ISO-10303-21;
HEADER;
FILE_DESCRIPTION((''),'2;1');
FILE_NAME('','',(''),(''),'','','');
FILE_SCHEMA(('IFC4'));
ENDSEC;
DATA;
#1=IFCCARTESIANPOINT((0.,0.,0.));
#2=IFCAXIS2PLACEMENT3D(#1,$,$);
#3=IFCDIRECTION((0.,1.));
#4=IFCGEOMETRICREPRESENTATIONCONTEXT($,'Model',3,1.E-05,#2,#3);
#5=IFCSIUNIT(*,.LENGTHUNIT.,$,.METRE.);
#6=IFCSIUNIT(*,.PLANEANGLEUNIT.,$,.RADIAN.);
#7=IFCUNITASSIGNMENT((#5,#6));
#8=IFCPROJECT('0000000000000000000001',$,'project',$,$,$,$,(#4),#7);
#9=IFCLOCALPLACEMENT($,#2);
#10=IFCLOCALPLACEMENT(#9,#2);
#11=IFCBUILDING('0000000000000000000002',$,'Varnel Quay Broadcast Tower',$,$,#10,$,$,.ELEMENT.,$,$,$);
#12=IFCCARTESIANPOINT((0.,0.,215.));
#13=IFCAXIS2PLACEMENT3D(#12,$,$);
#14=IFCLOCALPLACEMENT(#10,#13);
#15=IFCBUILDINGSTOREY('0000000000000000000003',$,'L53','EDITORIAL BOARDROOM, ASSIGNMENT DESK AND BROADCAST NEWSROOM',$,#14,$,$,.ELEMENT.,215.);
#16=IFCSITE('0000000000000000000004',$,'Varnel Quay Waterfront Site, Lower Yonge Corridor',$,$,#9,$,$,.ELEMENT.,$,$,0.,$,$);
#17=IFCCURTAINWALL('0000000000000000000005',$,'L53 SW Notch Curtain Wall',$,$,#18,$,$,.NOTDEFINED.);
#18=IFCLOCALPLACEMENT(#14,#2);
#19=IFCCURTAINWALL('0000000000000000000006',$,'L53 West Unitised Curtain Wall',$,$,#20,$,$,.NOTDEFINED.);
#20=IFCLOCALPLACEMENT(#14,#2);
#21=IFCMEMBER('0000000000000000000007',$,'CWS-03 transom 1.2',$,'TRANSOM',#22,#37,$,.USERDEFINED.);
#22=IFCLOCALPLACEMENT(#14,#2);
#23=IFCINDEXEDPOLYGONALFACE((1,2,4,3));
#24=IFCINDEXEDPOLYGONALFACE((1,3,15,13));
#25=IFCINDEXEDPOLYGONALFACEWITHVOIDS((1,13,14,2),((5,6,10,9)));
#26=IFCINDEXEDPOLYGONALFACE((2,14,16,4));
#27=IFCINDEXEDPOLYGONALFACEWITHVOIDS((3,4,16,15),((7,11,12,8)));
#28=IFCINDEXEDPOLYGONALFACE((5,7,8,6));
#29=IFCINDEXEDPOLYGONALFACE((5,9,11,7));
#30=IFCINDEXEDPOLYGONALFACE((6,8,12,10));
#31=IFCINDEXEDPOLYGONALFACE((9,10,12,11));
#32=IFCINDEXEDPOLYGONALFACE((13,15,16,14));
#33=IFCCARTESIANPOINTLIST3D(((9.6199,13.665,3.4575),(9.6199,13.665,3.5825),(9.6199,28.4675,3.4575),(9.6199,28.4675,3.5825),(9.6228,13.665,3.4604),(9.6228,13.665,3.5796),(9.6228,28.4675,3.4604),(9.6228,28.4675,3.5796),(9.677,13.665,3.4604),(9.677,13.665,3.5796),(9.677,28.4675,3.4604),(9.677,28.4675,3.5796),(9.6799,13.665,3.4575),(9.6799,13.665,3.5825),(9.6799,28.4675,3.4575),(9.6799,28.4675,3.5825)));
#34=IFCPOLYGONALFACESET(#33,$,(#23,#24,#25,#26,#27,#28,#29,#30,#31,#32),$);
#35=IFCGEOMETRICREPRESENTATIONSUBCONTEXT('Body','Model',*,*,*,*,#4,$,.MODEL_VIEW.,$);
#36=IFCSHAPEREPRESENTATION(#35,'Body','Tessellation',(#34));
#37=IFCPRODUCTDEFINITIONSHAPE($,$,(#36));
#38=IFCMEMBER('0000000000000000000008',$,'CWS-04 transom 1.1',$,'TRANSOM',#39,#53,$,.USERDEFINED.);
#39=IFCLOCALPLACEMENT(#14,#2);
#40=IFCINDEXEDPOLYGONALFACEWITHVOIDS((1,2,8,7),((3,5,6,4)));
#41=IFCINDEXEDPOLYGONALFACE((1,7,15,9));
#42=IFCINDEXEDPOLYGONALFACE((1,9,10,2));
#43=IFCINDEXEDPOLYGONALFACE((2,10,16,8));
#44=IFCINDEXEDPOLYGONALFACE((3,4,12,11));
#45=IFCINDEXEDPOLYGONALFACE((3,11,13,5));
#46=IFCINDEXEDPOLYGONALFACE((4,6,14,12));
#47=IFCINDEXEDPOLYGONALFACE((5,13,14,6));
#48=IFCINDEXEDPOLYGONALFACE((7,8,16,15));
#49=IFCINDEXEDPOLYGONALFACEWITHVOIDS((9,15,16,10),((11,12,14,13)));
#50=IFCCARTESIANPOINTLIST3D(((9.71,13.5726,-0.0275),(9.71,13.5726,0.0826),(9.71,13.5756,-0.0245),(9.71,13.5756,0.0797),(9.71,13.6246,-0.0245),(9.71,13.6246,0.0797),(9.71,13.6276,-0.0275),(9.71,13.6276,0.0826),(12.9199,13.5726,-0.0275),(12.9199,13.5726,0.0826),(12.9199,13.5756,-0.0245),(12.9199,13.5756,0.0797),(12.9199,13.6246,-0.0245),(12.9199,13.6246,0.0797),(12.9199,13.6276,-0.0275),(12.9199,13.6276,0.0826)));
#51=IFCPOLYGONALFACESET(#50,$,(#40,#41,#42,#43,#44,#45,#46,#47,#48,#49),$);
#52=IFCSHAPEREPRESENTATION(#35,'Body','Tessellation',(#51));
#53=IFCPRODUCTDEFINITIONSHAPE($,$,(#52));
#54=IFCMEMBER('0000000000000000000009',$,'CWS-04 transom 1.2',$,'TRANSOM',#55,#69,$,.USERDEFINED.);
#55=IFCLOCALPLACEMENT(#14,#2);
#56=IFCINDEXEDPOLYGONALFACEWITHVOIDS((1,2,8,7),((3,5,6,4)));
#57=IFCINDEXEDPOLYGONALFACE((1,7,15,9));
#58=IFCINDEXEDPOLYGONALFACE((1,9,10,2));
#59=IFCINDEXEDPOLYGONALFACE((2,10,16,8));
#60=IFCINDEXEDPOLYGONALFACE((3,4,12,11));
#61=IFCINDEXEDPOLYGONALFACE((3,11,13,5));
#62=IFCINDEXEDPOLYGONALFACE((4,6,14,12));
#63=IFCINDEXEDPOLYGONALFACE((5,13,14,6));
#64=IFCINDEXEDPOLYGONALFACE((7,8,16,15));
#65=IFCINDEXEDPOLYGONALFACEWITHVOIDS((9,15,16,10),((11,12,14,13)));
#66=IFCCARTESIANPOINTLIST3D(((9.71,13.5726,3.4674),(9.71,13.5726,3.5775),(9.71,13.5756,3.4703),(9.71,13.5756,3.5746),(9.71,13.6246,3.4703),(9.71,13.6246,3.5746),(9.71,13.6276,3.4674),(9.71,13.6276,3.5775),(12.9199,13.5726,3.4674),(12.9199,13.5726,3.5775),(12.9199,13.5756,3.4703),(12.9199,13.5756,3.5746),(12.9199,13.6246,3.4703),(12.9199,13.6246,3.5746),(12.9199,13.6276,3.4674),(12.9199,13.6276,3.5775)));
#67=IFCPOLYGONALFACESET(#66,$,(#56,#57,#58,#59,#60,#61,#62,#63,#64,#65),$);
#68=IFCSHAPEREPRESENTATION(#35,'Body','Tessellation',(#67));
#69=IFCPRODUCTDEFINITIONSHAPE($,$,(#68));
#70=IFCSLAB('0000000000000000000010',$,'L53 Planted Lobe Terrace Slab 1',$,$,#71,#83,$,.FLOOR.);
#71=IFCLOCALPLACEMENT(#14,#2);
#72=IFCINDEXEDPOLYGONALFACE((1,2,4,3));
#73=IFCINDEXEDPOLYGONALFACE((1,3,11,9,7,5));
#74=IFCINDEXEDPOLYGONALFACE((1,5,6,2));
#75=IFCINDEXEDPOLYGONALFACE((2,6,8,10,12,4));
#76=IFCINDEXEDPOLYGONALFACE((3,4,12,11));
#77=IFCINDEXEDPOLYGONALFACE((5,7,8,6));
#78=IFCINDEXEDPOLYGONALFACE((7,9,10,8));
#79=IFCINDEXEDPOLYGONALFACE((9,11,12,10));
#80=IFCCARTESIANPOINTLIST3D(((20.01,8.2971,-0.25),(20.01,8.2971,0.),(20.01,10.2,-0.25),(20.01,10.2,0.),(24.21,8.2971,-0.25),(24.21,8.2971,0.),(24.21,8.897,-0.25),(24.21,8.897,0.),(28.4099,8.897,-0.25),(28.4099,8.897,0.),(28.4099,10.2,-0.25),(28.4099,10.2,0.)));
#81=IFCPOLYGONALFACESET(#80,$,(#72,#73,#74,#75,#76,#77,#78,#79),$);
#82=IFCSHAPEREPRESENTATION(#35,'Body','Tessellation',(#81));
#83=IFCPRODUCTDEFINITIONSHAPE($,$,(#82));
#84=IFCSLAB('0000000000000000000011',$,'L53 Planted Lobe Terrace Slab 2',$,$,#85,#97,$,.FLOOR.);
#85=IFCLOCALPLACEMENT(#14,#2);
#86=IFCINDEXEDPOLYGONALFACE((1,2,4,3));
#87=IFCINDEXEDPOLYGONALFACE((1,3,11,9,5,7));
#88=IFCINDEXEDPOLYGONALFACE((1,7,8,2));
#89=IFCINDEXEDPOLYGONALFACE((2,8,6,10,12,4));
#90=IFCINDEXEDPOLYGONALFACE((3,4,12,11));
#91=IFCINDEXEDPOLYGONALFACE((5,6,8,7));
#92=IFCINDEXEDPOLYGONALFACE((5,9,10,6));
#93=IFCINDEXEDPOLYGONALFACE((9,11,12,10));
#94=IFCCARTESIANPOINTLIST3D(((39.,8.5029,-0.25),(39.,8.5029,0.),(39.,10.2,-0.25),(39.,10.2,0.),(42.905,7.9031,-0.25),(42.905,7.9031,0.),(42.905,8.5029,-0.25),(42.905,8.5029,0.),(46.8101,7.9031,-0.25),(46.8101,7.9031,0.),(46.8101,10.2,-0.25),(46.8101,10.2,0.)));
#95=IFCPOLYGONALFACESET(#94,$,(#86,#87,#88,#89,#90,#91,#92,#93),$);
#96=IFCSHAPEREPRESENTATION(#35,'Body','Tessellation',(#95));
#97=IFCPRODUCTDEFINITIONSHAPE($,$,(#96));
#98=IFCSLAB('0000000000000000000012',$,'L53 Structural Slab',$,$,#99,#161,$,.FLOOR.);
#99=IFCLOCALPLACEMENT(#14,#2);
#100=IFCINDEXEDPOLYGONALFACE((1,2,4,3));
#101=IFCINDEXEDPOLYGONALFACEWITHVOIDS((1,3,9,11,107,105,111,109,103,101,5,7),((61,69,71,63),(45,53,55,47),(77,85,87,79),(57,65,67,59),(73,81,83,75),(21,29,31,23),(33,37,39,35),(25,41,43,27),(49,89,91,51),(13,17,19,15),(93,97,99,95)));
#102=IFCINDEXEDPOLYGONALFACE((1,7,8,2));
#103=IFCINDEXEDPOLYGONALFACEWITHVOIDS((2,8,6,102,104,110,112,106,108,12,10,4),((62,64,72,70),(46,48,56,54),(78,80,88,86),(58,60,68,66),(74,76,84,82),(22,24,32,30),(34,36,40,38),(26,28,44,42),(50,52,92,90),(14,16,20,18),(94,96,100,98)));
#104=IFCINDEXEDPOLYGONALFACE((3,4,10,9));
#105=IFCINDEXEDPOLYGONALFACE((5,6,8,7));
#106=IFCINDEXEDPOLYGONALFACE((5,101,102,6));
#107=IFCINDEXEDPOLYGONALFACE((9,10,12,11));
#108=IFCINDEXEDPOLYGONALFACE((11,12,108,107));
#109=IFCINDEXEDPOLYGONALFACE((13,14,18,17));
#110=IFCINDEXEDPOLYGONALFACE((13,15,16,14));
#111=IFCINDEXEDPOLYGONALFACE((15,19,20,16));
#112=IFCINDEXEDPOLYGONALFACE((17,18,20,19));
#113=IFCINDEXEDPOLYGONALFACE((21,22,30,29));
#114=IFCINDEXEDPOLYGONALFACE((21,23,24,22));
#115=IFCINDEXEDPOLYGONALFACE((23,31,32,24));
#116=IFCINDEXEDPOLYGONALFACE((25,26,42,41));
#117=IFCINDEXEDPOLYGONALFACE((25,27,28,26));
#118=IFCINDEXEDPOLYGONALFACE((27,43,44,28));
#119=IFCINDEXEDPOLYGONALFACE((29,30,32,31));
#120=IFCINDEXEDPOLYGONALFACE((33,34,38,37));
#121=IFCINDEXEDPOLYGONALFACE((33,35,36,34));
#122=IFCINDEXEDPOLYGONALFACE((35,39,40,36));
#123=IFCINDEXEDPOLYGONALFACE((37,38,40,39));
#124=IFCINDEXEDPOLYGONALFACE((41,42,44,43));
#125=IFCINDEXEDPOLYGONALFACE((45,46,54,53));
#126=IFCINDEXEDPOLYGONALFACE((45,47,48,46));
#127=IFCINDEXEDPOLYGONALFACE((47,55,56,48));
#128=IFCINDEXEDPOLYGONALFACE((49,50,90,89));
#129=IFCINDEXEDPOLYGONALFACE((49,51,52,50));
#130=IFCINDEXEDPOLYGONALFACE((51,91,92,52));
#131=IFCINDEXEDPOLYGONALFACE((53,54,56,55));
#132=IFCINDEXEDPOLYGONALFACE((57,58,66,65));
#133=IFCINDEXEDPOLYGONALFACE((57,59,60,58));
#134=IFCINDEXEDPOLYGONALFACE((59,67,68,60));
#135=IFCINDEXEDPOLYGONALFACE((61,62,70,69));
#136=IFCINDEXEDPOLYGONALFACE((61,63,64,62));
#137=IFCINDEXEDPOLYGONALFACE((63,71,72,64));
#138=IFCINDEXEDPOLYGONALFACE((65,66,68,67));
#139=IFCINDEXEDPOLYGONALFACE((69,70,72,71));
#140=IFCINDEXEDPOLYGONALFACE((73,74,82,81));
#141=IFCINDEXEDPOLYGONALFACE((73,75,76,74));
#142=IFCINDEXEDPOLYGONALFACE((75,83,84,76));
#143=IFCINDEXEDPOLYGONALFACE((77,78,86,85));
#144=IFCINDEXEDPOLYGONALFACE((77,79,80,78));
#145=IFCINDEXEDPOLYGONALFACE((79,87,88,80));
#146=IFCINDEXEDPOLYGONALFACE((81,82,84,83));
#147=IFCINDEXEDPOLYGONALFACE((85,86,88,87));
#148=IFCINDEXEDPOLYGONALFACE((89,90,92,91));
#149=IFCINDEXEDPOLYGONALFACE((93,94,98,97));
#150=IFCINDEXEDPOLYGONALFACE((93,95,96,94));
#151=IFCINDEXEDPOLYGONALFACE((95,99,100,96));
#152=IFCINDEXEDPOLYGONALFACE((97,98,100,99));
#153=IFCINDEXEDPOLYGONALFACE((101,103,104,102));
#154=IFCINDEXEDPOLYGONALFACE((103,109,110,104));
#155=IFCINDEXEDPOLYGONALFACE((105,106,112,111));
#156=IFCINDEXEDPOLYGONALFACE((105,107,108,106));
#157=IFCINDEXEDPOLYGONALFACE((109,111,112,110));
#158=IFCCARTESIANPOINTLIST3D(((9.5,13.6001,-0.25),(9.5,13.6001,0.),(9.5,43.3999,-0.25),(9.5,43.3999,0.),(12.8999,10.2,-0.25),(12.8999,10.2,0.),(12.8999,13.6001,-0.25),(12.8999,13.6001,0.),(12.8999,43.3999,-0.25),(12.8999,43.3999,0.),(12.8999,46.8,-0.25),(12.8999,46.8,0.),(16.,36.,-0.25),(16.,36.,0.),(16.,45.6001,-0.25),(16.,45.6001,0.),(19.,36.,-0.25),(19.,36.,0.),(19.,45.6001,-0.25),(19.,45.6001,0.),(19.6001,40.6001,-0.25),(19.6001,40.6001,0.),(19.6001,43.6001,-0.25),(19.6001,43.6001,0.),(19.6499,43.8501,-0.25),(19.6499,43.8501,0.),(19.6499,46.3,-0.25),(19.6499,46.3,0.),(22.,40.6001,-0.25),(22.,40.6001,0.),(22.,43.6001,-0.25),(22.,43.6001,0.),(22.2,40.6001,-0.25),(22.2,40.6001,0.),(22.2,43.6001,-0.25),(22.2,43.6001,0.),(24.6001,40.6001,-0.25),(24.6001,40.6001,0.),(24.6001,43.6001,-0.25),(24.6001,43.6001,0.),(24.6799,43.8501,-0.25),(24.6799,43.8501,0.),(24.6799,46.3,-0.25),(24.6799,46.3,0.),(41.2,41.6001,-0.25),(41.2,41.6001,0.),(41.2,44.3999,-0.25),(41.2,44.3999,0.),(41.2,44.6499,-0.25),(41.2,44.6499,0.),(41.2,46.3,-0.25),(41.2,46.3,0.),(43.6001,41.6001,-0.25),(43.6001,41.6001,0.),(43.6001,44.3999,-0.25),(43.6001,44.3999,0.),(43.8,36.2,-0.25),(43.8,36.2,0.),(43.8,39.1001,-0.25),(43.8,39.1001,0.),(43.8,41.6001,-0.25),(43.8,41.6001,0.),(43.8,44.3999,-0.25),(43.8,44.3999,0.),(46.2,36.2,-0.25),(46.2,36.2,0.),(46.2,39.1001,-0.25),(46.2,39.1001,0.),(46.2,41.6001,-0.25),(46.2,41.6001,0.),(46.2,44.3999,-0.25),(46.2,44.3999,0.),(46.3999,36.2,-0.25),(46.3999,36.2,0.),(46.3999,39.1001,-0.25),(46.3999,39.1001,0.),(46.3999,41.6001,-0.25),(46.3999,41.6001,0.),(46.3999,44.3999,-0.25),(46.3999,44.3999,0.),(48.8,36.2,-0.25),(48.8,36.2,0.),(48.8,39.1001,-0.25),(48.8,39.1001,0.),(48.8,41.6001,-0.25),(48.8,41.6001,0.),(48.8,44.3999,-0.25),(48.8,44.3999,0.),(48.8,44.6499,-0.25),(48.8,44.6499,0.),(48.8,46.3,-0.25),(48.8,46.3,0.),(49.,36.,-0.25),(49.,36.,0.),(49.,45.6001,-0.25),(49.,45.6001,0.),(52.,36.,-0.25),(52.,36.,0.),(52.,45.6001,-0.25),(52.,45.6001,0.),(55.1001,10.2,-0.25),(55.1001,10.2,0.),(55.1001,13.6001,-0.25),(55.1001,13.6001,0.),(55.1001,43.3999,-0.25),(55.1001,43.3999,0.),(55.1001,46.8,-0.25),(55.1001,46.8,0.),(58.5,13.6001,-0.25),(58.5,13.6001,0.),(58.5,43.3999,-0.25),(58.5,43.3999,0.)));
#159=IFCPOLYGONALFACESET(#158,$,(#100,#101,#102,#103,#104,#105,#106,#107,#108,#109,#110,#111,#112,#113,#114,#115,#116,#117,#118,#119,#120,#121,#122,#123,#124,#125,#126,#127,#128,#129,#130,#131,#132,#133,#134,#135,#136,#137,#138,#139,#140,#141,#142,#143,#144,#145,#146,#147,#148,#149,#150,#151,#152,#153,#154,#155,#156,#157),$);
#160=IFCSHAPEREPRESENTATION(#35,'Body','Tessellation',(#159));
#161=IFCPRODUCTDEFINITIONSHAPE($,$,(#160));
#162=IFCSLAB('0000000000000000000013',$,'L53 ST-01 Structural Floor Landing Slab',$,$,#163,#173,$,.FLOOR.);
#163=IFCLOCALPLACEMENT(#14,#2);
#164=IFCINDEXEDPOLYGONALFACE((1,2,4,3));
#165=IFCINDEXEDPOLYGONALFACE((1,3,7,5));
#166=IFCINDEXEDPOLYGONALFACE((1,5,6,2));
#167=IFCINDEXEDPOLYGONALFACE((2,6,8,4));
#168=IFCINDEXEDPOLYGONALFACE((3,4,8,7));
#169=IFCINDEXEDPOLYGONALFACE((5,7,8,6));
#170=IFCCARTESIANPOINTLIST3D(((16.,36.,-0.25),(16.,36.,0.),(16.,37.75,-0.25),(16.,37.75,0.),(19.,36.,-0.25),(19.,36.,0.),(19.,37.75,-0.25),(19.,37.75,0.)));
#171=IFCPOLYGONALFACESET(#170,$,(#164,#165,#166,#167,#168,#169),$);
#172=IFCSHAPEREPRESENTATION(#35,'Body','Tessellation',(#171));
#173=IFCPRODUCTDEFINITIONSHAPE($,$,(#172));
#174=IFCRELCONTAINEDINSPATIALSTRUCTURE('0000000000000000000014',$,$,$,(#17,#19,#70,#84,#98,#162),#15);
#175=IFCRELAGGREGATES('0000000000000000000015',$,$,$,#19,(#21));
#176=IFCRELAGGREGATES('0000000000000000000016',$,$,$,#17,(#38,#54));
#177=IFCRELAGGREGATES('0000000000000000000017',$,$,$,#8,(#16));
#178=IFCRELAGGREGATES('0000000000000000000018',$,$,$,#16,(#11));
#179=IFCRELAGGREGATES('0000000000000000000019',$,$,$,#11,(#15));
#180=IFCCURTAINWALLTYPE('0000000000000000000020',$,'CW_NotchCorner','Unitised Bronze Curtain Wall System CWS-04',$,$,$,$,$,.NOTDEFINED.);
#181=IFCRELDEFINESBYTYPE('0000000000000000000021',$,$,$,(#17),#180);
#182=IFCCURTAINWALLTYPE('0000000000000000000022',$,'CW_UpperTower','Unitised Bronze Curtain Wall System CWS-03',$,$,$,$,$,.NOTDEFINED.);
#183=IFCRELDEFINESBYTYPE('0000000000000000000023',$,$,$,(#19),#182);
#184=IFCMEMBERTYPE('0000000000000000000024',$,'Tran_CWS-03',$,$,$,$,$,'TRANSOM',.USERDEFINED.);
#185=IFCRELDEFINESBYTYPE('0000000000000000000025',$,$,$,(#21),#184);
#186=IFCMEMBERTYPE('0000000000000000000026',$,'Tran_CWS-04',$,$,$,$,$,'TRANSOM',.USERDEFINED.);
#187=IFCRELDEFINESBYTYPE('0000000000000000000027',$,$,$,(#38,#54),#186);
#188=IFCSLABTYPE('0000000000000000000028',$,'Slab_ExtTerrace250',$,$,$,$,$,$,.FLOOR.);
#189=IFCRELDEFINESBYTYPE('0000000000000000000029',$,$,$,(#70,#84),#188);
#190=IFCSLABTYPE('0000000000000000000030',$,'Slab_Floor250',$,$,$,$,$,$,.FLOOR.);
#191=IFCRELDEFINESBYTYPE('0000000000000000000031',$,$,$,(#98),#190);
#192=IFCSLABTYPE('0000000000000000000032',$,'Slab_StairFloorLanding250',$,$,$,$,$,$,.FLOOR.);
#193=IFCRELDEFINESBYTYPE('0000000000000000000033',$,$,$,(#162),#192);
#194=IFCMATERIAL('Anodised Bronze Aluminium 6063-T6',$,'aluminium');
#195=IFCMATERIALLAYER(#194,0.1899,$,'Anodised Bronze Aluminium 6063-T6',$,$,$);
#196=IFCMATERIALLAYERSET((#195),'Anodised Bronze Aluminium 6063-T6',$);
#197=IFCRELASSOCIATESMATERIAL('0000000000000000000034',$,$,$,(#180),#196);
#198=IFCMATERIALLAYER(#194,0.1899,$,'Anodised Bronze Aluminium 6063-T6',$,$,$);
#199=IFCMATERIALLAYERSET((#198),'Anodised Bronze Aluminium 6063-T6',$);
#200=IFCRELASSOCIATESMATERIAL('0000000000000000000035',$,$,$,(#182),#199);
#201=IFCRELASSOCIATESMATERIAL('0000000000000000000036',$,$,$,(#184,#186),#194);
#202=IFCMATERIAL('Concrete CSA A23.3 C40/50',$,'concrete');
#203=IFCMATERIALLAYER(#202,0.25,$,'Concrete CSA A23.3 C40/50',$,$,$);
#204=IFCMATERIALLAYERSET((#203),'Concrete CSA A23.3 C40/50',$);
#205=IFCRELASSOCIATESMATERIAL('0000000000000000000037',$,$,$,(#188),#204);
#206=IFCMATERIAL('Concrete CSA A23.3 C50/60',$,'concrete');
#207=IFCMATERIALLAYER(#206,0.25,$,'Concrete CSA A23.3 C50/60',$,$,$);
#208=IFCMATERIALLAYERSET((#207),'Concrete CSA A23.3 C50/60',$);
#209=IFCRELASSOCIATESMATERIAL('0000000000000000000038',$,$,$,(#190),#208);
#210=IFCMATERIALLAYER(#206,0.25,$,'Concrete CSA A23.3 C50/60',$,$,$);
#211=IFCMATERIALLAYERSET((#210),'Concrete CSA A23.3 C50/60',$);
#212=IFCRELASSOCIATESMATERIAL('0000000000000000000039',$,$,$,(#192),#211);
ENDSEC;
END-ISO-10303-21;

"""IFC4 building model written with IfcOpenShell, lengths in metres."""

from ifc_helpers import new_model, si_unit, direction, frame, origin, origin_2d, place, context, subcontext, project, spatial, polyline, hollow_rectangle, outline, extrude, source, transform, mapped, material, layer, layer_set, material_profile, profile_set, type_object, type_shapes, element, aggregate, save


model = new_model("IFC4")

# Units and contexts
model_context = context("Model", 3, precision=1e-05, world=origin(), true_north=direction((0.0, 1.0)))
body_context = subcontext(model_context, "Body", "Model", "MODEL_VIEW")
ifc_project = project(units=[si_unit("LENGTHUNIT", "METRE"), si_unit("PLANEANGLEUNIT", "RADIAN")], contexts=[model_context])

# Site, building, storey
site_placement = place(None, origin())
site = spatial("IfcSite", under=ifc_project, at=site_placement, Name="Varnel Quay Waterfront Site, Lower Yonge Corridor", CompositionType="ELEMENT", RefElevation=0.0)
building_placement = place(site_placement, origin())
building = spatial("IfcBuilding", under=site, at=building_placement, Name="Varnel Quay Broadcast Tower", CompositionType="ELEMENT")
storey_placement = place(building_placement, frame((0.0, 0.0, 215.0)))
storey = spatial("IfcBuildingStorey", under=building, at=storey_placement, Name="L53", Description="EDITORIAL BOARDROOM, ASSIGNMENT DESK AND BROADCAST NEWSROOM", CompositionType="ELEMENT", Elevation=215.0)

# Curtain wall
ifc_material_1 = material(Name="Anodised Bronze Aluminium 6063-T6", Category="aluminium")
ifc_layer_1 = layer(ifc_material_1, 0.1899, Name="Anodised Bronze Aluminium 6063-T6")
ifc_layer_set_1 = layer_set([ifc_layer_1], Name="Anodised Bronze Aluminium 6063-T6")
curtain_wall_type_1 = type_object("IfcCurtainWallType", Name="CW_NotchCorner", Description="Unitised Bronze Curtain Wall System CWS-04", PredefinedType="NOTDEFINED", material=ifc_layer_set_1)
curtain_wall_1_placement = place(storey_placement, origin())
curtain_wall_1 = element("IfcCurtainWall", 1, at=curtain_wall_1_placement, inside=storey, type_object=curtain_wall_type_1, Name="L53 SW Notch Curtain Wall", PredefinedType="NOTDEFINED")

# Curtain wall, member
ifc_layer_2 = layer(ifc_material_1, 0.1899, Name="Anodised Bronze Aluminium 6063-T6")
ifc_layer_set_2 = layer_set([ifc_layer_2], Name="Anodised Bronze Aluminium 6063-T6")
curtain_wall_type_2 = type_object("IfcCurtainWallType", Name="CW_UpperTower", Description="Unitised Bronze Curtain Wall System CWS-03", PredefinedType="NOTDEFINED", material=ifc_layer_set_2)
curtain_wall_2_placement = place(storey_placement, origin())
curtain_wall_2 = element("IfcCurtainWall", 2, at=curtain_wall_2_placement, inside=storey, type_object=curtain_wall_type_2, Name="L53 West Unitised Curtain Wall", PredefinedType="NOTDEFINED")
ifc_material_profile_1 = material_profile(ifc_material_1, hollow_rectangle(XDim=0.0601, YDim=0.125, WallThickness=0.0029, at=origin_2d()), Name="ALU60X125X3")
ifc_profile_set_1 = profile_set([ifc_material_profile_1], Name="Anodised Bronze Aluminium 6063-T6")
member_type_1 = type_object("IfcMemberType", Name="Tran_CWS-03", ElementType="TRANSOM", PredefinedType="USERDEFINED", material=ifc_profile_set_1)
shared_shape_1 = source(origin(), body_context, "Body", "SweptSolid", [
    extrude(hollow_rectangle(XDim=0.0601, YDim=0.125, WallThickness=0.0029, at=origin_2d()), origin(), (0.0, 0.0, 1.0), 14.8025),
])
type_shapes(member_type_1, [shared_shape_1])
member_1_placement = place(storey_placement, frame((9.6499, 13.665, 3.52), z_axis=(0.0, 1.0, 0.0), x_axis=(-1.0, 0.0, 0.0)))
member_1 = element("IfcMember", 3, at=member_1_placement, type_object=member_type_1, Name="CWS-03 transom 1.2", ObjectType="TRANSOM", PredefinedType="USERDEFINED", context=body_context, shape_type="MappedRepresentation", body=[
    mapped(shared_shape_1, transform((0.0, 0.0, 0.0), x_axis=(1.0, 0.0, 0.0), y_axis=(0.0, 1.0, 0.0), z_axis=(0.0, 0.0, 1.0), scale=1.0)),
])
aggregate(curtain_wall_2, [member_1])

# Members
ifc_material_profile_2 = material_profile(ifc_material_1, hollow_rectangle(XDim=0.0549, YDim=0.1101, WallThickness=0.0029, at=origin_2d()), Name="ALU55X110X3")
ifc_profile_set_2 = profile_set([ifc_material_profile_2], Name="Anodised Bronze Aluminium 6063-T6")
member_type_2 = type_object("IfcMemberType", Name="Tran_CWS-04", ElementType="TRANSOM", PredefinedType="USERDEFINED", material=ifc_profile_set_2)
shared_shape_2 = source(origin(), body_context, "Body", "SweptSolid", [
    extrude(hollow_rectangle(XDim=0.0549, YDim=0.1101, WallThickness=0.0029, at=origin_2d()), origin(), (0.0, 0.0, 1.0), 3.21),
])
type_shapes(member_type_2, [shared_shape_2])
member_2_placement = place(storey_placement, frame((9.71, 13.6001, 0.0276), z_axis=(1.0, 0.0, 0.0), x_axis=(0.0, 1.0, 0.0)))
member_2 = element("IfcMember", 4, at=member_2_placement, type_object=member_type_2, Name="CWS-04 transom 1.1", ObjectType="TRANSOM", PredefinedType="USERDEFINED", context=body_context, shape_type="MappedRepresentation", body=[
    mapped(shared_shape_2, transform((0.0, 0.0, 0.0), x_axis=(1.0, 0.0, 0.0), y_axis=(0.0, 1.0, 0.0), z_axis=(0.0, 0.0, 1.0), scale=1.0)),
])
member_3_placement = place(storey_placement, frame((9.71, 13.6001, 3.5225), z_axis=(1.0, 0.0, 0.0), x_axis=(0.0, 1.0, 0.0)))
member_3 = element("IfcMember", 5, at=member_3_placement, type_object=member_type_2, Name="CWS-04 transom 1.2", ObjectType="TRANSOM", PredefinedType="USERDEFINED", context=body_context, shape_type="MappedRepresentation", body=[
    mapped(shared_shape_2, transform((0.0, 0.0, 0.0), x_axis=(1.0, 0.0, 0.0), y_axis=(0.0, 1.0, 0.0), z_axis=(0.0, 0.0, 1.0), scale=1.0)),
])
aggregate(curtain_wall_1, [member_2, member_3])

# Slabs
ifc_material_2 = material(Name="Concrete CSA A23.3 C40/50", Category="concrete")
ifc_layer_3 = layer(ifc_material_2, 0.25, Name="Concrete CSA A23.3 C40/50")
ifc_layer_set_3 = layer_set([ifc_layer_3], Name="Concrete CSA A23.3 C40/50")
slab_type_1 = type_object("IfcSlabType", Name="Slab_ExtTerrace250", PredefinedType="FLOOR", material=ifc_layer_set_3)
slab_1_placement = place(storey_placement, frame((0.0, 0.0, -0.25)))
element("IfcSlab", 6, at=slab_1_placement, inside=storey, type_object=slab_type_1, Name="L53 Planted Lobe Terrace Slab 1", PredefinedType="FLOOR", context=body_context, shape_type="SweptSolid", body=[
    extrude(outline(polyline([(20.01, 8.2971), (24.21, 8.2971), (24.21, 8.897), (28.4099, 8.897), (28.4099, 10.2), (20.01, 10.2), (20.01, 8.2971)])), origin(), (0.0, 0.0, 1.0), 0.25),
])
slab_2_placement = place(storey_placement, frame((0.0, 0.0, -0.25)))
element("IfcSlab", 7, at=slab_2_placement, inside=storey, type_object=slab_type_1, Name="L53 Planted Lobe Terrace Slab 2", PredefinedType="FLOOR", context=body_context, shape_type="SweptSolid", body=[
    extrude(outline(polyline([(39.0, 8.5029), (42.905, 8.5029), (42.905, 7.9031), (46.8101, 7.9031), (46.8101, 10.2), (39.0, 10.2), (39.0, 8.5029)])), origin(), (0.0, 0.0, 1.0), 0.25),
])
ifc_material_3 = material(Name="Concrete CSA A23.3 C50/60", Category="concrete")
ifc_layer_4 = layer(ifc_material_3, 0.25, Name="Concrete CSA A23.3 C50/60")
ifc_layer_set_4 = layer_set([ifc_layer_4], Name="Concrete CSA A23.3 C50/60")
slab_type_2 = type_object("IfcSlabType", Name="Slab_Floor250", PredefinedType="FLOOR", material=ifc_layer_set_4)
slab_3_placement = place(storey_placement, frame((0.0, 0.0, -0.25)))
element("IfcSlab", 8, at=slab_3_placement, inside=storey, type_object=slab_type_2, Name="L53 Structural Slab", PredefinedType="FLOOR", context=body_context, shape_type="SweptSolid", body=[
    extrude(outline(polyline([(12.8999, 10.2), (55.1001, 10.2), (55.1001, 13.6001), (58.5, 13.6001), (58.5, 43.3999), (55.1001, 43.3999), (55.1001, 46.8), (12.8999, 46.8), (12.8999, 43.3999), (9.5, 43.3999), (9.5, 13.6001), (12.8999, 13.6001), (12.8999, 10.2)]), holes=[polyline([(19.0, 36.0), (16.0, 36.0), (16.0, 45.6001), (19.0, 45.6001), (19.0, 36.0)]), polyline([(19.6001, 40.6001), (19.6001, 43.6001), (22.0, 43.6001), (22.0, 40.6001), (19.6001, 40.6001)]), polyline([(22.2, 40.6001), (22.2, 43.6001), (24.6001, 43.6001), (24.6001, 40.6001), (22.2, 40.6001)]), polyline([(41.2, 44.3999), (43.6001, 44.3999), (43.6001, 41.6001), (41.2, 41.6001), (41.2, 44.3999)]), polyline([(43.8, 44.3999), (46.2, 44.3999), (46.2, 41.6001), (43.8, 41.6001), (43.8, 44.3999)]), polyline([(19.6499, 43.8501), (19.6499, 46.3), (24.6799, 46.3), (24.6799, 43.8501), (19.6499, 43.8501)]), polyline([(43.8, 39.1001), (46.2, 39.1001), (46.2, 36.2), (43.8, 36.2), (43.8, 39.1001)]), polyline([(46.3999, 39.1001), (48.8, 39.1001), (48.8, 36.2), (46.3999, 36.2), (46.3999, 39.1001)]), polyline([(52.0, 36.0), (49.0, 36.0), (49.0, 45.6001), (52.0, 45.6001), (52.0, 36.0)]), polyline([(46.3999, 44.3999), (48.8, 44.3999), (48.8, 41.6001), (46.3999, 41.6001), (46.3999, 44.3999)]), polyline([(41.2, 46.3), (48.8, 46.3), (48.8, 44.6499), (41.2, 44.6499), (41.2, 46.3)])]), origin(), (0.0, 0.0, 1.0), 0.25),
])
ifc_layer_5 = layer(ifc_material_3, 0.25, Name="Concrete CSA A23.3 C50/60")
ifc_layer_set_5 = layer_set([ifc_layer_5], Name="Concrete CSA A23.3 C50/60")
slab_type_3 = type_object("IfcSlabType", Name="Slab_StairFloorLanding250", PredefinedType="FLOOR", material=ifc_layer_set_5)
slab_4_placement = place(storey_placement, frame((0.0, 0.0, -0.25)))
element("IfcSlab", 9, at=slab_4_placement, inside=storey, type_object=slab_type_3, Name="L53 ST-01 Structural Floor Landing Slab", PredefinedType="FLOOR", context=body_context, shape_type="SweptSolid", body=[
    extrude(outline(polyline([(19.0, 36.0), (19.0, 37.75), (16.0, 37.75), (16.0, 36.0), (19.0, 36.0)])), origin(), (0.0, 0.0, 1.0), 0.25),
])

save(model, "model.ifc")
